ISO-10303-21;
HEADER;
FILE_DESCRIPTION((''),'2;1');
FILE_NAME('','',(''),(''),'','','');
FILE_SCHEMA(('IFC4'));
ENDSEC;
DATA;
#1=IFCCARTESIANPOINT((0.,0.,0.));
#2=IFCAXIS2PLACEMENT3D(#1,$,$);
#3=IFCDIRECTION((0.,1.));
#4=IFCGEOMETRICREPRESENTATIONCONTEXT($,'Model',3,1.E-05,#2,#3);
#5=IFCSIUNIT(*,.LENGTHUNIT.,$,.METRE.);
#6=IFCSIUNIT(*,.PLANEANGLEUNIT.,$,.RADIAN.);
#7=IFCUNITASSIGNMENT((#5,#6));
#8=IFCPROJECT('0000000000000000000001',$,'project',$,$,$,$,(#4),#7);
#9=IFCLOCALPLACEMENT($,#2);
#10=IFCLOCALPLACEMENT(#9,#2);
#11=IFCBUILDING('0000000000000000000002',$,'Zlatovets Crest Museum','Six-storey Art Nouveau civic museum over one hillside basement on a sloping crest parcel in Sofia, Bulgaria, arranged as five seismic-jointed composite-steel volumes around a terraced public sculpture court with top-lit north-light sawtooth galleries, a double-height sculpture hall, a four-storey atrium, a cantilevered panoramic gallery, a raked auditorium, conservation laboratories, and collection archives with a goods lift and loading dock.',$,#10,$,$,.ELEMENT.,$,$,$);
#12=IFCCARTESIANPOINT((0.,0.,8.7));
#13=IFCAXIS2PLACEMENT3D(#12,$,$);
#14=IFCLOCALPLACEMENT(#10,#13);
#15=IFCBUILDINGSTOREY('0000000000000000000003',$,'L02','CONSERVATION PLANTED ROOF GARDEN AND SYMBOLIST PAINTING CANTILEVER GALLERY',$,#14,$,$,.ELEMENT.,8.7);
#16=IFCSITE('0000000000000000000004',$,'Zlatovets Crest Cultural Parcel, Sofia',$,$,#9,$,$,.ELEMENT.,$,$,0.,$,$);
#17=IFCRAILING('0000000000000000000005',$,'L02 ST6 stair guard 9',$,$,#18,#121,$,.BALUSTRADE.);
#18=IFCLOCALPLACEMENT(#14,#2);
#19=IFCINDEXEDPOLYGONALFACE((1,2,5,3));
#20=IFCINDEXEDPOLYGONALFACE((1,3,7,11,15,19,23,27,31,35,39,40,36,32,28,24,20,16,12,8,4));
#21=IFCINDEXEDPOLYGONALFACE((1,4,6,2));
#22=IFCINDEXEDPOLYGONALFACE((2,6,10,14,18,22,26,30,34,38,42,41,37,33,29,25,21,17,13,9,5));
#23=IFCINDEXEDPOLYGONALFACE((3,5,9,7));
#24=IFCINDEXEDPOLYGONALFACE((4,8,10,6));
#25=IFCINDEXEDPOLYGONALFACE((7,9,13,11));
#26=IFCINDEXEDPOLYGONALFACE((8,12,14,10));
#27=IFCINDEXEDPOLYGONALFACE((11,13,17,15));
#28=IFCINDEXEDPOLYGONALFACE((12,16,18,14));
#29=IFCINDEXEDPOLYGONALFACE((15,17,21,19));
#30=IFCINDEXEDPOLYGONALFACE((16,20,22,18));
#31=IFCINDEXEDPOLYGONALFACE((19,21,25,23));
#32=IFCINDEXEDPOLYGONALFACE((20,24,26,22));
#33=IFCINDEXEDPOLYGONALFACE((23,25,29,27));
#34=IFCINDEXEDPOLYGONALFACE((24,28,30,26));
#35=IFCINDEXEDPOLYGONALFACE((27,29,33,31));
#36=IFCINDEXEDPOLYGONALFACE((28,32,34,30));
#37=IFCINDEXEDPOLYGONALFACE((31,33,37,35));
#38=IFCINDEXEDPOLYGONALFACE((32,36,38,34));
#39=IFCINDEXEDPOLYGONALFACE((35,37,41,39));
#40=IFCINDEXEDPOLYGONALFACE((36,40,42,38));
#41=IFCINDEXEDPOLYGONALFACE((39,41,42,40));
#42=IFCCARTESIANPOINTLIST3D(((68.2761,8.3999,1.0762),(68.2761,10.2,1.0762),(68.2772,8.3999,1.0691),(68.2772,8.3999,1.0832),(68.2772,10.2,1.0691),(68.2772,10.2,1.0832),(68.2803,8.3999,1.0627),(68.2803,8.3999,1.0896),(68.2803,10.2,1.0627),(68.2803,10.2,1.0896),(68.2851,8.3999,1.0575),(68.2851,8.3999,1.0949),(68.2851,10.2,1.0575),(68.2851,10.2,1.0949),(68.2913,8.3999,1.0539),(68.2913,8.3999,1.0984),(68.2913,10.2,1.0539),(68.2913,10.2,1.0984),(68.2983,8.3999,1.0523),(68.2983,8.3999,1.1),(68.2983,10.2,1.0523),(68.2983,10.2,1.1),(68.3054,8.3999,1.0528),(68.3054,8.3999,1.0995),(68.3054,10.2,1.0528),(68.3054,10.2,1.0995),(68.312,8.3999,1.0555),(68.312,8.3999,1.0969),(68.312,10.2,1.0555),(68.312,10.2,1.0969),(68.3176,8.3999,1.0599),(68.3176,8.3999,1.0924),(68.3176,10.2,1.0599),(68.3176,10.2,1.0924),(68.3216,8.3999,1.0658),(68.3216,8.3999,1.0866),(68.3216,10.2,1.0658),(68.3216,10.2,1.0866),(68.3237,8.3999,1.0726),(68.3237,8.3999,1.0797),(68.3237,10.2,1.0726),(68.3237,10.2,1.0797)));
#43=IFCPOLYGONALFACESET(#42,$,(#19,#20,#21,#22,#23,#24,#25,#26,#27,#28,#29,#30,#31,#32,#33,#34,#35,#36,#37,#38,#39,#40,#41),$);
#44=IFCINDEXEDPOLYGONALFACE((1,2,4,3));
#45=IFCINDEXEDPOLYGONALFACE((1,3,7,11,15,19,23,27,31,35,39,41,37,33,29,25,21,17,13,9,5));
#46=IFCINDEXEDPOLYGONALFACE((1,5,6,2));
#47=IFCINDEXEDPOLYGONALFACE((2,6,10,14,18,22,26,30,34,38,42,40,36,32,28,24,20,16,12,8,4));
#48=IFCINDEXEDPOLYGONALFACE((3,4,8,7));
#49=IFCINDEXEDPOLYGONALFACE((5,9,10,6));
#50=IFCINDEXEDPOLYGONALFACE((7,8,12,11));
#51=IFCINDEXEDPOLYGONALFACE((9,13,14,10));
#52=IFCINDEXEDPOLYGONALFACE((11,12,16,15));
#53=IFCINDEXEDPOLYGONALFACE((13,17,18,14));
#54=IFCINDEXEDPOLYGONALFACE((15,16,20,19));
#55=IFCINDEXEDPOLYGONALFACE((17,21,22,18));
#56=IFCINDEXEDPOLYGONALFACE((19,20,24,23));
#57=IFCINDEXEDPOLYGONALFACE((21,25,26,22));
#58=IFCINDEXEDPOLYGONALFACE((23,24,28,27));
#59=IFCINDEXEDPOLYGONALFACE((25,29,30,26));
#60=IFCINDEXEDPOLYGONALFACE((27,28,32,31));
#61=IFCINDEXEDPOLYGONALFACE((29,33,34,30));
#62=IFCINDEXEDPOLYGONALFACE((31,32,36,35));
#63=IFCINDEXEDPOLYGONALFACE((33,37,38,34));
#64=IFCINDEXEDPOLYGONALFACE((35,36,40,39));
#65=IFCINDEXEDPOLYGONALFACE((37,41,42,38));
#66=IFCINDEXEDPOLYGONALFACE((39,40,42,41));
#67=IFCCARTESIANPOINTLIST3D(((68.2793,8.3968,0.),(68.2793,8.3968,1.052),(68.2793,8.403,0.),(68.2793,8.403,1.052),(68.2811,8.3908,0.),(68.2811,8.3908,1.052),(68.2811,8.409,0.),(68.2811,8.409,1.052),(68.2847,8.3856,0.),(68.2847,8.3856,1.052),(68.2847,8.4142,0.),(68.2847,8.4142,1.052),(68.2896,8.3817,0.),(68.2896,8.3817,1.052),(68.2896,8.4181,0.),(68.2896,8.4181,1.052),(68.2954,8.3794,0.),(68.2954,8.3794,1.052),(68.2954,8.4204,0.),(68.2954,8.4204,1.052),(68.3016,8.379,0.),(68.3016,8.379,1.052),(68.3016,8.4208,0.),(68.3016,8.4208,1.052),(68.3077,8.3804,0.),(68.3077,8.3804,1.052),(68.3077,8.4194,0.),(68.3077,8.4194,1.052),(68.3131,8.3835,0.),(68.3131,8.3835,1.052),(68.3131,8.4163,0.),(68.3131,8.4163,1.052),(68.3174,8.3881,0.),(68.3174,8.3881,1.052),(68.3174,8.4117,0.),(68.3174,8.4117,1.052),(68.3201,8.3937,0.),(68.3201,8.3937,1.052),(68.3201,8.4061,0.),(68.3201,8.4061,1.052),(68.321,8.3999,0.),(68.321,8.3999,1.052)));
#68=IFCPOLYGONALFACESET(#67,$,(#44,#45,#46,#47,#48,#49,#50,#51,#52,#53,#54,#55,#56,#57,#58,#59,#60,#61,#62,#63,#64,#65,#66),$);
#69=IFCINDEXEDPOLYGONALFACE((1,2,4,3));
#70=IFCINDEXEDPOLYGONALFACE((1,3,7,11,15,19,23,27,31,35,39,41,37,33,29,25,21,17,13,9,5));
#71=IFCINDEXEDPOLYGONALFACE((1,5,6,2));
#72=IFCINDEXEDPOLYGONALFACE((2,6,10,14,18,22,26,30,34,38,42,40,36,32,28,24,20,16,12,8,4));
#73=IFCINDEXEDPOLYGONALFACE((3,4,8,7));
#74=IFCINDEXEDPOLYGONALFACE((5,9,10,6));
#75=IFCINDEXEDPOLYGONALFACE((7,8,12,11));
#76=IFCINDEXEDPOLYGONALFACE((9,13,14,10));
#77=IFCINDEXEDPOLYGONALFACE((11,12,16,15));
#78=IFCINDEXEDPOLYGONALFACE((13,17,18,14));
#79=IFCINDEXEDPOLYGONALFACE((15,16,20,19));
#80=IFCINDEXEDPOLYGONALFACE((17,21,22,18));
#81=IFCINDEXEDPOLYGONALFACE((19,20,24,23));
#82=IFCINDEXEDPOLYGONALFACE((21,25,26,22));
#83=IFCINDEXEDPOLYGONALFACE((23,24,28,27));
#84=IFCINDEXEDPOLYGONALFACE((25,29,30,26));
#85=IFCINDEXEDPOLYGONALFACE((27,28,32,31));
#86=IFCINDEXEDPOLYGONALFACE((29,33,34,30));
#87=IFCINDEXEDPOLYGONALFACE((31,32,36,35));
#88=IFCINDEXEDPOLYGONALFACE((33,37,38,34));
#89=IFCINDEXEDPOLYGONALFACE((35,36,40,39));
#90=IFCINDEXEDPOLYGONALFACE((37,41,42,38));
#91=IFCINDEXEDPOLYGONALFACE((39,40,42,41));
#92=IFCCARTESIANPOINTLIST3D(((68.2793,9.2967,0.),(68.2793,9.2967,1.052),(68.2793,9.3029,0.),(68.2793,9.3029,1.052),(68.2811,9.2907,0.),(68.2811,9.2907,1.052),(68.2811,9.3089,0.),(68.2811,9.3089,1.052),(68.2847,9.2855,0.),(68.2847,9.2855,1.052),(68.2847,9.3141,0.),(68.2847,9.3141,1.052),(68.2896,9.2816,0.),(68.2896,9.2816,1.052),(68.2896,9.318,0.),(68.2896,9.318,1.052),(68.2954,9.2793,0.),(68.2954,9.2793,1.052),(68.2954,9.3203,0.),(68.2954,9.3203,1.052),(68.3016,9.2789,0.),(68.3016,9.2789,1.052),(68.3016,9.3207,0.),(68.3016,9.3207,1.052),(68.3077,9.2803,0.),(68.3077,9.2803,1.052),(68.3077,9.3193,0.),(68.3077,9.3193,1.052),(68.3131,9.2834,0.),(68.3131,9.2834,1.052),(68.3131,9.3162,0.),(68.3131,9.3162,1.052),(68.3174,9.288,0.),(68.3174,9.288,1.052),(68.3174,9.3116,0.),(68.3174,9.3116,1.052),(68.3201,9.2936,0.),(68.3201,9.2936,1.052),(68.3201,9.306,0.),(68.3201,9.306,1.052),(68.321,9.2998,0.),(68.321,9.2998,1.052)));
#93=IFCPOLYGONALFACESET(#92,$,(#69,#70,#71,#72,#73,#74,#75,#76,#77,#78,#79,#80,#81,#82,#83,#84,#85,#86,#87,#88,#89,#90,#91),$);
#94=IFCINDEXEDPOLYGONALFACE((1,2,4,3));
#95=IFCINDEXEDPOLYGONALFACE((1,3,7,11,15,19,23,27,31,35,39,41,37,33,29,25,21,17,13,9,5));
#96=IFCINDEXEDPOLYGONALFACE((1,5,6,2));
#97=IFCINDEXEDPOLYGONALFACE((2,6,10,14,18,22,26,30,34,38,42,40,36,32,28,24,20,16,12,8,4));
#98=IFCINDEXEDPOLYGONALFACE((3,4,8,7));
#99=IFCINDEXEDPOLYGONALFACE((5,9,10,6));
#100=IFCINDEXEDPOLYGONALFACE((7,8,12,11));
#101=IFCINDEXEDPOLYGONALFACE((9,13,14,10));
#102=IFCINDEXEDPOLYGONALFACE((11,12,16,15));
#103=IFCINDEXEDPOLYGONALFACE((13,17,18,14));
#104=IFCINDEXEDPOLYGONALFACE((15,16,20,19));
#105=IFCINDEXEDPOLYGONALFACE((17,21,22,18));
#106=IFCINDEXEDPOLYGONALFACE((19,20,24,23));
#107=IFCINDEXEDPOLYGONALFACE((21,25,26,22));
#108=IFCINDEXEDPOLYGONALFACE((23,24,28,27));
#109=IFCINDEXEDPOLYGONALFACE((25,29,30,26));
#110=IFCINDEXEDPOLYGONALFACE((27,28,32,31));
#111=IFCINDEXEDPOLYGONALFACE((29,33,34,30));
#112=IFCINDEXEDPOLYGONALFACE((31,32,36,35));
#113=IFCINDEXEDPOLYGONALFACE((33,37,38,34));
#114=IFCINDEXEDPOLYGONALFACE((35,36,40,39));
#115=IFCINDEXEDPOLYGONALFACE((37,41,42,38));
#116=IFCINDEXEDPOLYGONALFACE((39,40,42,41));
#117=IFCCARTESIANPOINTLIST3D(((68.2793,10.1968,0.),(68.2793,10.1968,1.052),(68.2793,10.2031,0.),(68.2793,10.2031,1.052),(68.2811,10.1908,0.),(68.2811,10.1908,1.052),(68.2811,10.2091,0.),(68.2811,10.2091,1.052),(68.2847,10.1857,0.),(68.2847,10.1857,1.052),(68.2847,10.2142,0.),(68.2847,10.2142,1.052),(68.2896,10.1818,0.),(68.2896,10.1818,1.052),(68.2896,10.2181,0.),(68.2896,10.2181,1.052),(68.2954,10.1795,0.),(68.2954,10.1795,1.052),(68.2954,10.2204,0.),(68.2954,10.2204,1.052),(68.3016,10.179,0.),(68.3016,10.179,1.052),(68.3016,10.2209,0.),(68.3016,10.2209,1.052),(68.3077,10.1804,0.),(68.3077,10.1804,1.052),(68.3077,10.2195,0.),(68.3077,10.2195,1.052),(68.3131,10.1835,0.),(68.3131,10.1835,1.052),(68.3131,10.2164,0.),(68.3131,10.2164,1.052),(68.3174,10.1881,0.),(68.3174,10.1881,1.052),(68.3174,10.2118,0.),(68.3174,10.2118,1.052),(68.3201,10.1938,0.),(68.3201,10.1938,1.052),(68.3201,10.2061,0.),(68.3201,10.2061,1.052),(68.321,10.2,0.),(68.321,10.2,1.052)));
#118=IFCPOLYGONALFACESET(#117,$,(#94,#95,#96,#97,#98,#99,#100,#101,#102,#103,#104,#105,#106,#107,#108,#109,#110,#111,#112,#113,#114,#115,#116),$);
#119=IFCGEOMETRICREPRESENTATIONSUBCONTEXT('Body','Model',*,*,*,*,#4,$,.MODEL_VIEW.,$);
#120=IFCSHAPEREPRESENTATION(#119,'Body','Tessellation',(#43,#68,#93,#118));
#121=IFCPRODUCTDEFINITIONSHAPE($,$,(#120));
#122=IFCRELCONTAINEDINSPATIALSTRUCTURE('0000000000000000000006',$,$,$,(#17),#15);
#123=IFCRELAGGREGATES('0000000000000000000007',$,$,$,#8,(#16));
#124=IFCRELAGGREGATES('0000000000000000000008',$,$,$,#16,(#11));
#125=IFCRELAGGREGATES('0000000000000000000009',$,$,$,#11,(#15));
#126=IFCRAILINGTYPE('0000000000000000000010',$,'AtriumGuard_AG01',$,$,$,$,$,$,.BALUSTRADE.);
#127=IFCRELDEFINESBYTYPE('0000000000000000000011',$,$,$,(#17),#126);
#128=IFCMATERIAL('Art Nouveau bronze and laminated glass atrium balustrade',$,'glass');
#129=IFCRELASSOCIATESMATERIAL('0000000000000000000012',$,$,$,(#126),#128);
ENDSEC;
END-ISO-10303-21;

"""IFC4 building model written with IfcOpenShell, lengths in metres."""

from ifc_helpers import new_model, si_unit, direction, frame, origin, origin_2d, place, context, subcontext, project, spatial, circle, extrude, material, type_object, element, save


model = new_model("IFC4")

# Units and contexts
model_context = context("Model", 3, precision=1e-05, world=origin(), true_north=direction((0.0, 1.0)))
body_context = subcontext(model_context, "Body", "Model", "MODEL_VIEW")
ifc_project = project(units=[si_unit("LENGTHUNIT", "METRE"), si_unit("PLANEANGLEUNIT", "RADIAN")], contexts=[model_context])

# Site, building, storey
site_placement = place(None, origin())
site = spatial("IfcSite", under=ifc_project, at=site_placement, Name="Zlatovets Crest Cultural Parcel, Sofia", CompositionType="ELEMENT", RefElevation=0.0)
building_placement = place(site_placement, origin())
building = spatial("IfcBuilding", under=site, at=building_placement, Name="Zlatovets Crest Museum", Description="Six-storey Art Nouveau civic museum over one hillside basement on a sloping crest parcel in Sofia, Bulgaria, arranged as five seismic-jointed composite-steel volumes around a terraced public sculpture court with top-lit north-light sawtooth galleries, a double-height sculpture hall, a four-storey atrium, a cantilevered panoramic gallery, a raked auditorium, conservation laboratories, and collection archives with a goods lift and loading dock.", CompositionType="ELEMENT")
storey_placement = place(building_placement, frame((0.0, 0.0, 8.7)))
storey = spatial("IfcBuildingStorey", under=building, at=storey_placement, Name="L02", Description="CONSERVATION PLANTED ROOF GARDEN AND SYMBOLIST PAINTING CANTILEVER GALLERY", CompositionType="ELEMENT", Elevation=8.7)

# Railing
ifc_material_1 = material(Name="Art Nouveau bronze and laminated glass atrium balustrade", Category="glass")
railing_type_1 = type_object("IfcRailingType", Name="AtriumGuard_AG01", PredefinedType="BALUSTRADE", material=ifc_material_1)
for number, where, name in (
    (1, (68.3, 8.3999, 0.0), "L02 ST6 stair guard 9"),
):
    element("IfcRailing", number, at=place(storey_placement, frame(where)), inside=storey, type_object=railing_type_1, Name=name, PredefinedType="BALUSTRADE", context=body_context, shape_type="SweptSolid", body=[
        extrude(circle(Radius=0.0239, at=origin_2d()), frame((0.0, 0.0, 1.0762), z_axis=(0.0, 1.0, 0.0), x_axis=(-1.0, 0.0, 0.0)), (0.0, 0.0, 1.0), 1.8),
        extrude(circle(Radius=0.021, at=origin_2d()), origin(), (0.0, 0.0, 1.0), 1.052),
        extrude(circle(Radius=0.021, at=origin_2d()), frame((0.0, 0.8999, 0.0)), (0.0, 0.0, 1.0), 1.052),
        extrude(circle(Radius=0.021, at=origin_2d()), frame((0.0, 1.8, 0.0)), (0.0, 0.0, 1.0), 1.052),
    ])

save(model, "model.ifc")
